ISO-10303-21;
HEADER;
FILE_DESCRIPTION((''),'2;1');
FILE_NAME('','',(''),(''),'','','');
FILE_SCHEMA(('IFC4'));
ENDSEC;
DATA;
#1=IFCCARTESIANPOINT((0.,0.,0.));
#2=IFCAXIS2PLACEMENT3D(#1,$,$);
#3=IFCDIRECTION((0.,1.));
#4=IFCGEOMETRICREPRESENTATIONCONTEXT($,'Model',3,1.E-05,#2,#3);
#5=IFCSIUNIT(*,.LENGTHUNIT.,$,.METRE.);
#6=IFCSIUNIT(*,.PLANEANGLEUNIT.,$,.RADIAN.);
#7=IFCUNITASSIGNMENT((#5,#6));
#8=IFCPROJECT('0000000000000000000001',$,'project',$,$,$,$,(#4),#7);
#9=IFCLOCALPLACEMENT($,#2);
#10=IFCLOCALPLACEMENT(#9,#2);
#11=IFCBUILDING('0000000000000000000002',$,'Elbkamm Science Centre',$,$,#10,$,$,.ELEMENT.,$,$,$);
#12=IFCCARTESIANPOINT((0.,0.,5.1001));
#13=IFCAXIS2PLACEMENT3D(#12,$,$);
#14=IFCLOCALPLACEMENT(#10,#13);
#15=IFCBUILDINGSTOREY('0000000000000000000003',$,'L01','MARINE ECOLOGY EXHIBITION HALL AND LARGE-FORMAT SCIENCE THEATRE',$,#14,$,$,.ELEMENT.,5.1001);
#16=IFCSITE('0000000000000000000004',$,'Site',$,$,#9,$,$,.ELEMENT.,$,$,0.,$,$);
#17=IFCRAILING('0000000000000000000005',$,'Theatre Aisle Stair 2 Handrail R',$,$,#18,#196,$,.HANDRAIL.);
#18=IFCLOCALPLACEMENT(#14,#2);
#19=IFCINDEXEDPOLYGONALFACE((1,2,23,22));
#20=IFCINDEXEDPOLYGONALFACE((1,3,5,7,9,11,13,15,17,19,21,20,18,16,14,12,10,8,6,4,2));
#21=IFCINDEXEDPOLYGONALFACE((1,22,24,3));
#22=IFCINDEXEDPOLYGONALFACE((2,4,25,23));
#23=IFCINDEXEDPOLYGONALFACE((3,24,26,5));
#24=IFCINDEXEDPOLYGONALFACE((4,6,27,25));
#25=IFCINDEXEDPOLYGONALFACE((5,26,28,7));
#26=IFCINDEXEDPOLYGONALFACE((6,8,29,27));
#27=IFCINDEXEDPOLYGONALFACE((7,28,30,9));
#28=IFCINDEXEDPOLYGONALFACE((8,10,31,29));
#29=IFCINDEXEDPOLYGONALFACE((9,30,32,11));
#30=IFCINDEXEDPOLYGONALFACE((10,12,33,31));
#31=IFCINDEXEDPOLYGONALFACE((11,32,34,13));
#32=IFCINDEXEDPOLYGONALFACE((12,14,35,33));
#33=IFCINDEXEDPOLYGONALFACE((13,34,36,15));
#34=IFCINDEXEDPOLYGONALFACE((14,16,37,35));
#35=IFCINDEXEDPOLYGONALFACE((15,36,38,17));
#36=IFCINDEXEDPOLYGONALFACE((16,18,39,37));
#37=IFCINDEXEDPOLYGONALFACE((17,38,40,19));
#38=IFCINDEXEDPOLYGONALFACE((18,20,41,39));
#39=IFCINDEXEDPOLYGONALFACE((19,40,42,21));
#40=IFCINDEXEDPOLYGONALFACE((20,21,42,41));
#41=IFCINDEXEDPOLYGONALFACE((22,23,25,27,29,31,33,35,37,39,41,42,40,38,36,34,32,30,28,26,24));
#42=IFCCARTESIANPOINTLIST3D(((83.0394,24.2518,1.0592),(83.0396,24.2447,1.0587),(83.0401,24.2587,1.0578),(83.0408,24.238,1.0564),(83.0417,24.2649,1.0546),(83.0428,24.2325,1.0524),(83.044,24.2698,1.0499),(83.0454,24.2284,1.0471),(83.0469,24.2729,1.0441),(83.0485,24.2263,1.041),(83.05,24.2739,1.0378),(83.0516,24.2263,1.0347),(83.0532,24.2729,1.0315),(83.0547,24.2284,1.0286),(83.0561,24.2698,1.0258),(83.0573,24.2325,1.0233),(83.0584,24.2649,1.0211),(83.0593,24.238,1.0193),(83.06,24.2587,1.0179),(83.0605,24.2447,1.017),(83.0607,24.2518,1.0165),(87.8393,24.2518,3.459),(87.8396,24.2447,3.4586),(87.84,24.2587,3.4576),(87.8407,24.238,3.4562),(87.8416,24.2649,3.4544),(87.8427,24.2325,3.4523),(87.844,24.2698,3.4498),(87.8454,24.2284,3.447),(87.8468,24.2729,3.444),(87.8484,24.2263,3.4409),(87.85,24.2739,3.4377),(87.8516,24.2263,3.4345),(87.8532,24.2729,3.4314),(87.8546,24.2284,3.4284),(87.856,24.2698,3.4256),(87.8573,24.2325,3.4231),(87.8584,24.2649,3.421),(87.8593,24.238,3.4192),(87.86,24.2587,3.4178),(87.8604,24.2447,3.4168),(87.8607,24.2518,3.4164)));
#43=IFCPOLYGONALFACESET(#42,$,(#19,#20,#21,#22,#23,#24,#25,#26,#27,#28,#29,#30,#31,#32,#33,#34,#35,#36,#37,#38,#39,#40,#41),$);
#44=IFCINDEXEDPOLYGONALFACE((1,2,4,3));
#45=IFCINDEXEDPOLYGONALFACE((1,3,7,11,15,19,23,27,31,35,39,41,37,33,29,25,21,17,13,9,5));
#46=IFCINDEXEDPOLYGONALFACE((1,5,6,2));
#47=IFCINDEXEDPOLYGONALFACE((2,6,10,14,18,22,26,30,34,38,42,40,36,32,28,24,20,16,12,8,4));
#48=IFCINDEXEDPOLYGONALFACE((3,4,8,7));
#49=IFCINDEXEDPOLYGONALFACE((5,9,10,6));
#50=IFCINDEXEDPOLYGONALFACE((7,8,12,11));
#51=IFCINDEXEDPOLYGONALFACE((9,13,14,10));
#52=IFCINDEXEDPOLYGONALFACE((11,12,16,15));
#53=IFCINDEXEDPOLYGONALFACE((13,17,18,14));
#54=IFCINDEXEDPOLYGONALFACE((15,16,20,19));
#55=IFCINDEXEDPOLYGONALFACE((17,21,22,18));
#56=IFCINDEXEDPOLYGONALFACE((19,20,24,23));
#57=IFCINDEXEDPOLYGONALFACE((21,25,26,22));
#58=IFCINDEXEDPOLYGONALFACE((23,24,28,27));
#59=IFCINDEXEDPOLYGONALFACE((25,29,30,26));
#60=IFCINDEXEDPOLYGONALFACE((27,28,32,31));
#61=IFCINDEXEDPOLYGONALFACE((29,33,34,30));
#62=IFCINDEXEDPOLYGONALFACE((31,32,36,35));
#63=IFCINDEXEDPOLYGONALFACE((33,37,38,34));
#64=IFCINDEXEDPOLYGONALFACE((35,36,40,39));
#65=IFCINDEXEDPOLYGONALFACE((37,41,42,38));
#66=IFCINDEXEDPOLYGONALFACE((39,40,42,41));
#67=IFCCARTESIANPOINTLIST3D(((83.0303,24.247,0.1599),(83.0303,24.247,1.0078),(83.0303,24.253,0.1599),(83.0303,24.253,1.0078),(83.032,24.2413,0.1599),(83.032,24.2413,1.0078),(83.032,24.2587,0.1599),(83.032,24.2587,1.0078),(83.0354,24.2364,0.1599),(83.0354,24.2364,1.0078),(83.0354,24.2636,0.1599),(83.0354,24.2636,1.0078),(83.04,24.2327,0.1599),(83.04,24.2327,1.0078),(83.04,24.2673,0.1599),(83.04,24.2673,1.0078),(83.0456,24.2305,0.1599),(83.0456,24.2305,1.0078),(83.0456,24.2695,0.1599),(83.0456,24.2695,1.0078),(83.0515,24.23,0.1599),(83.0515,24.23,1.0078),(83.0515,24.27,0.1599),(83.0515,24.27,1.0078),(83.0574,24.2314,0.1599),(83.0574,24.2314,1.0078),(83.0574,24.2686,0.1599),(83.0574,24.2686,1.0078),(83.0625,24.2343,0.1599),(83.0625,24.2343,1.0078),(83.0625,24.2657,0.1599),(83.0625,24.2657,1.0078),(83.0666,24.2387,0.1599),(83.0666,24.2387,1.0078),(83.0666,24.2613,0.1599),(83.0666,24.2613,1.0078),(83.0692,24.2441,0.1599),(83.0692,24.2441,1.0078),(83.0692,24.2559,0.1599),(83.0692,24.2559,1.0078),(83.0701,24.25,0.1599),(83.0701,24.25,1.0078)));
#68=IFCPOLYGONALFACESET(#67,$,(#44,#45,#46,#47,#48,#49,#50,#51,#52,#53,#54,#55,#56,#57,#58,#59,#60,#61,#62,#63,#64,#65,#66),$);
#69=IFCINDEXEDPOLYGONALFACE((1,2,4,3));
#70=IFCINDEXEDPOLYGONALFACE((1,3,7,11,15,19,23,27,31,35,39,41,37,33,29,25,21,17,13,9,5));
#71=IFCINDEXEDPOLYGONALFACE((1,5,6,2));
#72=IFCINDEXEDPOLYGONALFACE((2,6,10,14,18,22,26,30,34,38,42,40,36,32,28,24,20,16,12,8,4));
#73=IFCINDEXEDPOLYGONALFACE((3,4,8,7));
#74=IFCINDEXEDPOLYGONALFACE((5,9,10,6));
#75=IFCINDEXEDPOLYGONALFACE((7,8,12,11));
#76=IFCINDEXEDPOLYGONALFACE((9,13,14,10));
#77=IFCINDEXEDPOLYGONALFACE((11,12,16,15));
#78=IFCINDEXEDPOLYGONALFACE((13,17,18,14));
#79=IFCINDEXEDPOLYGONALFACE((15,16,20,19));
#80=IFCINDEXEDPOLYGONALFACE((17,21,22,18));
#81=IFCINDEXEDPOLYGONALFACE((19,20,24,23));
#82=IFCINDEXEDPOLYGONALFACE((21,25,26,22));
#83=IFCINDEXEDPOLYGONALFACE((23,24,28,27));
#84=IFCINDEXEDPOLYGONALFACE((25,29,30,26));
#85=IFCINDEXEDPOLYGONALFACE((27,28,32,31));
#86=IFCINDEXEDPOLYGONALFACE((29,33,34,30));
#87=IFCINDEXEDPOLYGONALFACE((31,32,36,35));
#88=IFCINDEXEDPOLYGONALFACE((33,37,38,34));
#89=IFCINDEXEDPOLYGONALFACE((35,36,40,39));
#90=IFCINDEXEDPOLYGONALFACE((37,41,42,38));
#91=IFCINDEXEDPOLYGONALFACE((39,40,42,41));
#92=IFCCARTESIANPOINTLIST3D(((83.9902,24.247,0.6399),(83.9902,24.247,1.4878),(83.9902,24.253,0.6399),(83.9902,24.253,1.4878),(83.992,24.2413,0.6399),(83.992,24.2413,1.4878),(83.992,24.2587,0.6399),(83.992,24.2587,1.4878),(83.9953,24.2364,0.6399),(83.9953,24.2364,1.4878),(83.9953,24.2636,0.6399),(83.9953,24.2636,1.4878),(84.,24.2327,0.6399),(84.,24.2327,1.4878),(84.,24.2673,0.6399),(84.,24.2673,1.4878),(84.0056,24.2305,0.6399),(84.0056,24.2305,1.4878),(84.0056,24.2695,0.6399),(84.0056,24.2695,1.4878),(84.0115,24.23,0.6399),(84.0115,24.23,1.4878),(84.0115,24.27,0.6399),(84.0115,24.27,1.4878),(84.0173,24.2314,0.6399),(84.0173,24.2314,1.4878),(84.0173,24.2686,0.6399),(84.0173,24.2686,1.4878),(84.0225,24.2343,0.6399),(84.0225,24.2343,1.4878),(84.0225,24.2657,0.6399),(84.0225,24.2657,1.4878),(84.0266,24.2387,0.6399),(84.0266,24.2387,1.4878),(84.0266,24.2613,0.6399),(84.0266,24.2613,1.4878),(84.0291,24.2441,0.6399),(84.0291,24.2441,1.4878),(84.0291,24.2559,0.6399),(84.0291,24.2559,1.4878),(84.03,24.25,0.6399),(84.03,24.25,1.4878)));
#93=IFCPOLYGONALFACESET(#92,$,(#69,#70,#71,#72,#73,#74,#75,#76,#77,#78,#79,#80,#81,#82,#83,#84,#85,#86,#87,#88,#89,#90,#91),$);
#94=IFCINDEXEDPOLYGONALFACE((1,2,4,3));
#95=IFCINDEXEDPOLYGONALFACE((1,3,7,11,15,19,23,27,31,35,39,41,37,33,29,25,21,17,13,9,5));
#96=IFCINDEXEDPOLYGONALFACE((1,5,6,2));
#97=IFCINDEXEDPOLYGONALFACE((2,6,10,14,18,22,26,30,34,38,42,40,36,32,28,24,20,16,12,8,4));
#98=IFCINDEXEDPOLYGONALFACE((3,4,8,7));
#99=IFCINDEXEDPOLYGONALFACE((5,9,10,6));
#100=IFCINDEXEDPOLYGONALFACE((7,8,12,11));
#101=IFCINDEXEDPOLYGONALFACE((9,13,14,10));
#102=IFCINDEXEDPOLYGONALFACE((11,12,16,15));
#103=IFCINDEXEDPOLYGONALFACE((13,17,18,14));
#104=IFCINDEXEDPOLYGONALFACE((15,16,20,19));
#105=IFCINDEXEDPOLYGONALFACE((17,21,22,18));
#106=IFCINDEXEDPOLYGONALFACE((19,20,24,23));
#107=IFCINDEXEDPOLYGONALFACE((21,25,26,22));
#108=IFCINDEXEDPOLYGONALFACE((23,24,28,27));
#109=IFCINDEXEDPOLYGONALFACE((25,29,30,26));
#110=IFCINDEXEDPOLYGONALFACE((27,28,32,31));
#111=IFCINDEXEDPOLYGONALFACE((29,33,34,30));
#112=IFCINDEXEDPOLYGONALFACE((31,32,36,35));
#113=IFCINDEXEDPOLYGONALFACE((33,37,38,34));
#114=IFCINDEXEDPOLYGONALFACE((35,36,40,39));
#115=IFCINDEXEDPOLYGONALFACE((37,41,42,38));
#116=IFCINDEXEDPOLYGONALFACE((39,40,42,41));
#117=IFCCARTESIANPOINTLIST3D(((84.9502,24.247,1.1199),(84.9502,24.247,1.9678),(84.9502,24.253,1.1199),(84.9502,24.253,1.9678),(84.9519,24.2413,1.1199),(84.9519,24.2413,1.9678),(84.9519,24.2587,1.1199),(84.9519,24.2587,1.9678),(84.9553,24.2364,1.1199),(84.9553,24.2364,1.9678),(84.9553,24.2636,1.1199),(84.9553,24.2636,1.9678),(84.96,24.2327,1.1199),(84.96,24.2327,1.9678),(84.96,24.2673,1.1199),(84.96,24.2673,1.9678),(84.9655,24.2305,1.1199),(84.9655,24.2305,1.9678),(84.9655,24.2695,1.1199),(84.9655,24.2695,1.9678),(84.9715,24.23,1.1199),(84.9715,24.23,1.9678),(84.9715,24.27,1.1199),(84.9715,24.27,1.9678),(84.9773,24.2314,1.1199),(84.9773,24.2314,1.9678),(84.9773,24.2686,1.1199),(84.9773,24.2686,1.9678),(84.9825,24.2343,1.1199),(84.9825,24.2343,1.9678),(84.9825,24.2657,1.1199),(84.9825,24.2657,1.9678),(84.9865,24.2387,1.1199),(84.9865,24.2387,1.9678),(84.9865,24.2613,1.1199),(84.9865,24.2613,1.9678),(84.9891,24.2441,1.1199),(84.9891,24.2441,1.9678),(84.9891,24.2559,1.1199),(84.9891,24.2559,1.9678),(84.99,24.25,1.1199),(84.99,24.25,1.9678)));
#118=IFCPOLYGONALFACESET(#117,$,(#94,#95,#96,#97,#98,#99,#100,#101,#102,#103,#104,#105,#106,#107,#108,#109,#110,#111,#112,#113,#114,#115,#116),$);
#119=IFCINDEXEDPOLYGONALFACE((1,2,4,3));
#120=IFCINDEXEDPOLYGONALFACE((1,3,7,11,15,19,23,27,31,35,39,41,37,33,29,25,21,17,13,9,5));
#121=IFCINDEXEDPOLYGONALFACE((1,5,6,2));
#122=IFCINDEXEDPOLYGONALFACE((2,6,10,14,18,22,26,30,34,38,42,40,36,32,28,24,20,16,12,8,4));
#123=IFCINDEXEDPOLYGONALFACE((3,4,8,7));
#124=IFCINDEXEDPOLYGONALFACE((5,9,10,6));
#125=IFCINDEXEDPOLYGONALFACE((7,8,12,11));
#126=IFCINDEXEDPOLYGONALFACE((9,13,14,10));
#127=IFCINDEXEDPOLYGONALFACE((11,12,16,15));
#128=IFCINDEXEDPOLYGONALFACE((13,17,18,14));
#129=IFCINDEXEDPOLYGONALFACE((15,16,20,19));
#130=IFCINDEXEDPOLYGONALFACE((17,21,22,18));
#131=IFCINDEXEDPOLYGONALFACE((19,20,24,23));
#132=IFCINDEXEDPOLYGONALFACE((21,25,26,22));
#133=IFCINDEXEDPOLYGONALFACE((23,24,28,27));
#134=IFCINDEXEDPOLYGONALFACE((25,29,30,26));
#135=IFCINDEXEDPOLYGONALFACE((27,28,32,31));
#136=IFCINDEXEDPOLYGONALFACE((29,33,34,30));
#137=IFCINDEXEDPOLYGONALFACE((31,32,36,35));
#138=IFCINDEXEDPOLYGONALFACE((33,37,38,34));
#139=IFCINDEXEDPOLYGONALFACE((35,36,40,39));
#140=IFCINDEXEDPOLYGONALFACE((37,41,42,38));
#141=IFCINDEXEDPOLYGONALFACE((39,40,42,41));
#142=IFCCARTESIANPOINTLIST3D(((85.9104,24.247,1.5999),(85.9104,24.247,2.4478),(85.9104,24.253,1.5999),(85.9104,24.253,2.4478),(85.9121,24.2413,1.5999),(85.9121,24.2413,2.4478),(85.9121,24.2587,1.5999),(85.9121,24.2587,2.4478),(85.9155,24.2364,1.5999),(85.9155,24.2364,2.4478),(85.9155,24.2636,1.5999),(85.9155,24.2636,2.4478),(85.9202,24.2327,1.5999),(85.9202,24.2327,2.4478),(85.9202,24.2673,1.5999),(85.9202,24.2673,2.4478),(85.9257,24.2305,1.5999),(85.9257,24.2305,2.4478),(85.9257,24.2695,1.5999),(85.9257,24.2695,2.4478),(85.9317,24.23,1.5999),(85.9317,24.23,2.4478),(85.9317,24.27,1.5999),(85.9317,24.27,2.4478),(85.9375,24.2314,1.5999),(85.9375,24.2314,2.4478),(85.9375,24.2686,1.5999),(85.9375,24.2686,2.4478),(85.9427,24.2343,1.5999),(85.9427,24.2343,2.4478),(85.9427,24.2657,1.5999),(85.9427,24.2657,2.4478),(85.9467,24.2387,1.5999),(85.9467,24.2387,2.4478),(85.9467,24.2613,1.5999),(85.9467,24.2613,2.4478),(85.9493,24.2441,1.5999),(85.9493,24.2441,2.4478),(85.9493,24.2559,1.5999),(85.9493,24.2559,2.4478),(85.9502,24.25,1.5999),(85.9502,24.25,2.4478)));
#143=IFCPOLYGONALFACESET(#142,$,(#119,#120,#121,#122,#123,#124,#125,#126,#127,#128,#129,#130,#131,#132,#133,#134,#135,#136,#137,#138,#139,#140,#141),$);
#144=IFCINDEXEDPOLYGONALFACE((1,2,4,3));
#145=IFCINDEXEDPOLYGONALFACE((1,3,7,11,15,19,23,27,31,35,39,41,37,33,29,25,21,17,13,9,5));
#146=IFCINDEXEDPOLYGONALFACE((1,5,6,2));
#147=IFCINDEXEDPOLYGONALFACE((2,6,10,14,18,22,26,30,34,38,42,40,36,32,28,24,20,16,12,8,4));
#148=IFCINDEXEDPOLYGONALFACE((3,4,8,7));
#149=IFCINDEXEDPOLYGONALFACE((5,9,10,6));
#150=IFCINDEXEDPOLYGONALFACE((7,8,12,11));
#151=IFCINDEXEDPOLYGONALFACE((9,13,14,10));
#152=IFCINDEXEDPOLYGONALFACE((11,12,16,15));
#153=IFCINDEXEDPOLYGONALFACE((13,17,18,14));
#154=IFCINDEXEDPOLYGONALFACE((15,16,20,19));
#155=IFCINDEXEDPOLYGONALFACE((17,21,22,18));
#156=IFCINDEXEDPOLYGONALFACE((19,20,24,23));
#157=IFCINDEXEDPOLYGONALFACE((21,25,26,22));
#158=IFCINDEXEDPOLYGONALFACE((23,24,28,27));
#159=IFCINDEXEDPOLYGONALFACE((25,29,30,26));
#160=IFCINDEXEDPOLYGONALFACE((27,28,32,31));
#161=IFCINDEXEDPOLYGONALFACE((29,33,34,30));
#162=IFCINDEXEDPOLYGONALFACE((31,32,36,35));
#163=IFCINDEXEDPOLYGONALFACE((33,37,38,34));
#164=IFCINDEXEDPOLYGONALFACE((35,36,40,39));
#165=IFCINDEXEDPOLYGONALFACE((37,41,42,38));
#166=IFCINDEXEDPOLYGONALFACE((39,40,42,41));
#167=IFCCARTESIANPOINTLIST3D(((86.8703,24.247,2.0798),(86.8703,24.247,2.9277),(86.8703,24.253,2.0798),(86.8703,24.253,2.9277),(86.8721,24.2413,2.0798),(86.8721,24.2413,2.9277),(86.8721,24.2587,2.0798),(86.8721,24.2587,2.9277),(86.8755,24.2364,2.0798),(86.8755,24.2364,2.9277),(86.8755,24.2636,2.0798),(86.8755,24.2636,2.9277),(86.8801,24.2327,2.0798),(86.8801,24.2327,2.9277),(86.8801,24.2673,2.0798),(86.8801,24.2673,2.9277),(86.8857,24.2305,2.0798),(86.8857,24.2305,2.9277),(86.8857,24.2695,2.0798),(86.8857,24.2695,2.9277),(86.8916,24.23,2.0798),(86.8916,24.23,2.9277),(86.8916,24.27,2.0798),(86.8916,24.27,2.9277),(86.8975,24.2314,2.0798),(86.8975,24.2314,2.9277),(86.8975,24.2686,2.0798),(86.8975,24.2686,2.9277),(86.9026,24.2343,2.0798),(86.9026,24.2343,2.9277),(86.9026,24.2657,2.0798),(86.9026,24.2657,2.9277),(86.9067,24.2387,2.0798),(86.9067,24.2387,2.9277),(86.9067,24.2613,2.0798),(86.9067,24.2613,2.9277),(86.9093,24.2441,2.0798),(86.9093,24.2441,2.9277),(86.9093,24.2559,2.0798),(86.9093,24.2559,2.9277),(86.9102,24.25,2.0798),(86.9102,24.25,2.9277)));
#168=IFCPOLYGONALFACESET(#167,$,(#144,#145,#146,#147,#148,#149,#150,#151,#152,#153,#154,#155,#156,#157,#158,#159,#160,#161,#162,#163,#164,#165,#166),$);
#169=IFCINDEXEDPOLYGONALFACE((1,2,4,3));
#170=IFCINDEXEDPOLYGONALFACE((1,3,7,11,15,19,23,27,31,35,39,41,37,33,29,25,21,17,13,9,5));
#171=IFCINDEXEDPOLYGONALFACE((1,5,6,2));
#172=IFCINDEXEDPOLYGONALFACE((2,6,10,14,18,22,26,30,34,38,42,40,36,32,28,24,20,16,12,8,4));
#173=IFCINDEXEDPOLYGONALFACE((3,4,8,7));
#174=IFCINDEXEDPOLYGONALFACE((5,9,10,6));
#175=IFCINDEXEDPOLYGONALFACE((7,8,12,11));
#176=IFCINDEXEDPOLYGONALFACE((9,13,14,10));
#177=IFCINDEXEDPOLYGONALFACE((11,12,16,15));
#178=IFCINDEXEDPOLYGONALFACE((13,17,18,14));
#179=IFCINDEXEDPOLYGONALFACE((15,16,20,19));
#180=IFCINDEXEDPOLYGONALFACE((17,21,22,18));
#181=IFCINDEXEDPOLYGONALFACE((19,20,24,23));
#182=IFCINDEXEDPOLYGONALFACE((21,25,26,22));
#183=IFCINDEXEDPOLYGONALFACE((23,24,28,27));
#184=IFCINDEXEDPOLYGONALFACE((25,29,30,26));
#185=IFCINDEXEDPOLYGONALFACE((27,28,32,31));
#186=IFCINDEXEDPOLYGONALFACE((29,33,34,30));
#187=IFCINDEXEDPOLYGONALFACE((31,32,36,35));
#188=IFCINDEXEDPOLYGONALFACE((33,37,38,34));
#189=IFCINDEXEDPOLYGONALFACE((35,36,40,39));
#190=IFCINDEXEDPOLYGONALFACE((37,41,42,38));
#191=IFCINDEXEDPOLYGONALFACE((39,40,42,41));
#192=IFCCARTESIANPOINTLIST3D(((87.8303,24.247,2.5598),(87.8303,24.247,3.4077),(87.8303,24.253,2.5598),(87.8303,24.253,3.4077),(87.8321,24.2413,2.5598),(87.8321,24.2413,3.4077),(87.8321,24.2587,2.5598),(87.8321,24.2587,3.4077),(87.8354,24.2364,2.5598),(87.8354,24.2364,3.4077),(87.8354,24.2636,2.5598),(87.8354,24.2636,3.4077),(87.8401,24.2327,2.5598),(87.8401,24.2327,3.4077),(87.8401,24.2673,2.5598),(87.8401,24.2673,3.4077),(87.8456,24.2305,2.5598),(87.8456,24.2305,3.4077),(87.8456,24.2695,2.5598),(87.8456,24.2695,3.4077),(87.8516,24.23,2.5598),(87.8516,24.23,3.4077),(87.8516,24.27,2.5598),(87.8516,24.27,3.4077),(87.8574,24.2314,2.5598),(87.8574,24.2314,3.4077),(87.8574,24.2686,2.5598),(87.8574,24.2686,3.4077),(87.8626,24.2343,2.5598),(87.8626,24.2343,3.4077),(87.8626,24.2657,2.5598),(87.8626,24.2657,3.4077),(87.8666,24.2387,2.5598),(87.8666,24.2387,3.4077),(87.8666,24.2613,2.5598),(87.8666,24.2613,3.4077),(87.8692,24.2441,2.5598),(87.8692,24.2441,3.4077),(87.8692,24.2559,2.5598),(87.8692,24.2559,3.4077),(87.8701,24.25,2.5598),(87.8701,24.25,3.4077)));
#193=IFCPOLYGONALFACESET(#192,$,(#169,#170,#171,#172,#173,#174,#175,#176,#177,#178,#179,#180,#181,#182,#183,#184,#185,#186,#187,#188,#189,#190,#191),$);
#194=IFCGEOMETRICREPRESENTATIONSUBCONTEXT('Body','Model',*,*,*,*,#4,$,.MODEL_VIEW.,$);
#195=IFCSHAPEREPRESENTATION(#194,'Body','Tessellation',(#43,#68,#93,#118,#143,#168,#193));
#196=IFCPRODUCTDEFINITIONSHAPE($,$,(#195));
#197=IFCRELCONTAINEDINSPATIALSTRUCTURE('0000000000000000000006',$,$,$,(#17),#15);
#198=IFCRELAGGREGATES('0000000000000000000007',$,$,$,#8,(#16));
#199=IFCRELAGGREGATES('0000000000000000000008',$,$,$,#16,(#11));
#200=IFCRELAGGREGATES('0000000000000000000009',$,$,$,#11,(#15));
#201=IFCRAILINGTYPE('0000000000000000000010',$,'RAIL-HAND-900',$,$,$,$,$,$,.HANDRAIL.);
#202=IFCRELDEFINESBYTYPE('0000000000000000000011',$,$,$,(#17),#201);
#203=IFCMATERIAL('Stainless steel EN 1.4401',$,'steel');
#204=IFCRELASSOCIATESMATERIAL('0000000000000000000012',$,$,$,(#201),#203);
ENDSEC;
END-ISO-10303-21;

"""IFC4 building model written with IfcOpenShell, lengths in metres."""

from ifc_helpers import new_model, si_unit, direction, frame, origin, origin_2d, place, context, subcontext, project, spatial, circle, extrude, material, type_object, element, save


model = new_model("IFC4")

# Units and contexts
model_context = context("Model", 3, precision=1e-05, world=origin(), true_north=direction((0.0, 1.0)))
body_context = subcontext(model_context, "Body", "Model", "MODEL_VIEW")
ifc_project = project(units=[si_unit("LENGTHUNIT", "METRE"), si_unit("PLANEANGLEUNIT", "RADIAN")], contexts=[model_context])

# Site, building, storey
site_placement = place(None, origin())
site = spatial("IfcSite", under=ifc_project, at=site_placement, Name="Site", CompositionType="ELEMENT", RefElevation=0.0)
building_placement = place(site_placement, origin())
building = spatial("IfcBuilding", under=site, at=building_placement, Name="Elbkamm Science Centre", CompositionType="ELEMENT")
storey_placement = place(building_placement, frame((0.0, 0.0, 5.1001)))
storey = spatial("IfcBuildingStorey", under=building, at=storey_placement, Name="L01", Description="MARINE ECOLOGY EXHIBITION HALL AND LARGE-FORMAT SCIENCE THEATRE", CompositionType="ELEMENT", Elevation=5.1001)

# Railing
ifc_material_1 = material(Name="Stainless steel EN 1.4401", Category="steel")
railing_type_1 = type_object("IfcRailingType", Name="RAIL-HAND-900", PredefinedType="HANDRAIL", material=ifc_material_1)
for number, where, name in (
    (1, (83.05, 24.25, 0.1599), "Theatre Aisle Stair 2 Handrail R"),
):
    element("IfcRailing", number, at=place(storey_placement, frame(where)), inside=storey, type_object=railing_type_1, Name=name, PredefinedType="HANDRAIL", context=body_context, shape_type="SweptSolid", body=[
        extrude(circle(Radius=0.0239, at=origin_2d()), frame((0.0, 0.0, 0.8779), z_axis=(0.894436, 0.0, 0.447195), x_axis=(0.0, 1.0, 0.0)), (0.0, 0.0, 1.0), 5.3665),
        extrude(circle(Radius=0.02, at=origin_2d()), origin(), (0.0, 0.0, 1.0), 0.8479),
        extrude(circle(Radius=0.02, at=origin_2d()), frame((0.96, 0.0, 0.48)), (0.0, 0.0, 1.0), 0.8479),
        extrude(circle(Radius=0.02, at=origin_2d()), frame((1.9199, 0.0, 0.96)), (0.0, 0.0, 1.0), 0.8479),
        extrude(circle(Radius=0.02, at=origin_2d()), frame((2.8801, 0.0, 1.4399)), (0.0, 0.0, 1.0), 0.8479),
        extrude(circle(Radius=0.02, at=origin_2d()), frame((3.8401, 0.0, 1.9199)), (0.0, 0.0, 1.0), 0.8479),
        extrude(circle(Radius=0.02, at=origin_2d()), frame((4.8, 0.0, 2.3999)), (0.0, 0.0, 1.0), 0.8479),
    ])

save(model, "model.ifc")
